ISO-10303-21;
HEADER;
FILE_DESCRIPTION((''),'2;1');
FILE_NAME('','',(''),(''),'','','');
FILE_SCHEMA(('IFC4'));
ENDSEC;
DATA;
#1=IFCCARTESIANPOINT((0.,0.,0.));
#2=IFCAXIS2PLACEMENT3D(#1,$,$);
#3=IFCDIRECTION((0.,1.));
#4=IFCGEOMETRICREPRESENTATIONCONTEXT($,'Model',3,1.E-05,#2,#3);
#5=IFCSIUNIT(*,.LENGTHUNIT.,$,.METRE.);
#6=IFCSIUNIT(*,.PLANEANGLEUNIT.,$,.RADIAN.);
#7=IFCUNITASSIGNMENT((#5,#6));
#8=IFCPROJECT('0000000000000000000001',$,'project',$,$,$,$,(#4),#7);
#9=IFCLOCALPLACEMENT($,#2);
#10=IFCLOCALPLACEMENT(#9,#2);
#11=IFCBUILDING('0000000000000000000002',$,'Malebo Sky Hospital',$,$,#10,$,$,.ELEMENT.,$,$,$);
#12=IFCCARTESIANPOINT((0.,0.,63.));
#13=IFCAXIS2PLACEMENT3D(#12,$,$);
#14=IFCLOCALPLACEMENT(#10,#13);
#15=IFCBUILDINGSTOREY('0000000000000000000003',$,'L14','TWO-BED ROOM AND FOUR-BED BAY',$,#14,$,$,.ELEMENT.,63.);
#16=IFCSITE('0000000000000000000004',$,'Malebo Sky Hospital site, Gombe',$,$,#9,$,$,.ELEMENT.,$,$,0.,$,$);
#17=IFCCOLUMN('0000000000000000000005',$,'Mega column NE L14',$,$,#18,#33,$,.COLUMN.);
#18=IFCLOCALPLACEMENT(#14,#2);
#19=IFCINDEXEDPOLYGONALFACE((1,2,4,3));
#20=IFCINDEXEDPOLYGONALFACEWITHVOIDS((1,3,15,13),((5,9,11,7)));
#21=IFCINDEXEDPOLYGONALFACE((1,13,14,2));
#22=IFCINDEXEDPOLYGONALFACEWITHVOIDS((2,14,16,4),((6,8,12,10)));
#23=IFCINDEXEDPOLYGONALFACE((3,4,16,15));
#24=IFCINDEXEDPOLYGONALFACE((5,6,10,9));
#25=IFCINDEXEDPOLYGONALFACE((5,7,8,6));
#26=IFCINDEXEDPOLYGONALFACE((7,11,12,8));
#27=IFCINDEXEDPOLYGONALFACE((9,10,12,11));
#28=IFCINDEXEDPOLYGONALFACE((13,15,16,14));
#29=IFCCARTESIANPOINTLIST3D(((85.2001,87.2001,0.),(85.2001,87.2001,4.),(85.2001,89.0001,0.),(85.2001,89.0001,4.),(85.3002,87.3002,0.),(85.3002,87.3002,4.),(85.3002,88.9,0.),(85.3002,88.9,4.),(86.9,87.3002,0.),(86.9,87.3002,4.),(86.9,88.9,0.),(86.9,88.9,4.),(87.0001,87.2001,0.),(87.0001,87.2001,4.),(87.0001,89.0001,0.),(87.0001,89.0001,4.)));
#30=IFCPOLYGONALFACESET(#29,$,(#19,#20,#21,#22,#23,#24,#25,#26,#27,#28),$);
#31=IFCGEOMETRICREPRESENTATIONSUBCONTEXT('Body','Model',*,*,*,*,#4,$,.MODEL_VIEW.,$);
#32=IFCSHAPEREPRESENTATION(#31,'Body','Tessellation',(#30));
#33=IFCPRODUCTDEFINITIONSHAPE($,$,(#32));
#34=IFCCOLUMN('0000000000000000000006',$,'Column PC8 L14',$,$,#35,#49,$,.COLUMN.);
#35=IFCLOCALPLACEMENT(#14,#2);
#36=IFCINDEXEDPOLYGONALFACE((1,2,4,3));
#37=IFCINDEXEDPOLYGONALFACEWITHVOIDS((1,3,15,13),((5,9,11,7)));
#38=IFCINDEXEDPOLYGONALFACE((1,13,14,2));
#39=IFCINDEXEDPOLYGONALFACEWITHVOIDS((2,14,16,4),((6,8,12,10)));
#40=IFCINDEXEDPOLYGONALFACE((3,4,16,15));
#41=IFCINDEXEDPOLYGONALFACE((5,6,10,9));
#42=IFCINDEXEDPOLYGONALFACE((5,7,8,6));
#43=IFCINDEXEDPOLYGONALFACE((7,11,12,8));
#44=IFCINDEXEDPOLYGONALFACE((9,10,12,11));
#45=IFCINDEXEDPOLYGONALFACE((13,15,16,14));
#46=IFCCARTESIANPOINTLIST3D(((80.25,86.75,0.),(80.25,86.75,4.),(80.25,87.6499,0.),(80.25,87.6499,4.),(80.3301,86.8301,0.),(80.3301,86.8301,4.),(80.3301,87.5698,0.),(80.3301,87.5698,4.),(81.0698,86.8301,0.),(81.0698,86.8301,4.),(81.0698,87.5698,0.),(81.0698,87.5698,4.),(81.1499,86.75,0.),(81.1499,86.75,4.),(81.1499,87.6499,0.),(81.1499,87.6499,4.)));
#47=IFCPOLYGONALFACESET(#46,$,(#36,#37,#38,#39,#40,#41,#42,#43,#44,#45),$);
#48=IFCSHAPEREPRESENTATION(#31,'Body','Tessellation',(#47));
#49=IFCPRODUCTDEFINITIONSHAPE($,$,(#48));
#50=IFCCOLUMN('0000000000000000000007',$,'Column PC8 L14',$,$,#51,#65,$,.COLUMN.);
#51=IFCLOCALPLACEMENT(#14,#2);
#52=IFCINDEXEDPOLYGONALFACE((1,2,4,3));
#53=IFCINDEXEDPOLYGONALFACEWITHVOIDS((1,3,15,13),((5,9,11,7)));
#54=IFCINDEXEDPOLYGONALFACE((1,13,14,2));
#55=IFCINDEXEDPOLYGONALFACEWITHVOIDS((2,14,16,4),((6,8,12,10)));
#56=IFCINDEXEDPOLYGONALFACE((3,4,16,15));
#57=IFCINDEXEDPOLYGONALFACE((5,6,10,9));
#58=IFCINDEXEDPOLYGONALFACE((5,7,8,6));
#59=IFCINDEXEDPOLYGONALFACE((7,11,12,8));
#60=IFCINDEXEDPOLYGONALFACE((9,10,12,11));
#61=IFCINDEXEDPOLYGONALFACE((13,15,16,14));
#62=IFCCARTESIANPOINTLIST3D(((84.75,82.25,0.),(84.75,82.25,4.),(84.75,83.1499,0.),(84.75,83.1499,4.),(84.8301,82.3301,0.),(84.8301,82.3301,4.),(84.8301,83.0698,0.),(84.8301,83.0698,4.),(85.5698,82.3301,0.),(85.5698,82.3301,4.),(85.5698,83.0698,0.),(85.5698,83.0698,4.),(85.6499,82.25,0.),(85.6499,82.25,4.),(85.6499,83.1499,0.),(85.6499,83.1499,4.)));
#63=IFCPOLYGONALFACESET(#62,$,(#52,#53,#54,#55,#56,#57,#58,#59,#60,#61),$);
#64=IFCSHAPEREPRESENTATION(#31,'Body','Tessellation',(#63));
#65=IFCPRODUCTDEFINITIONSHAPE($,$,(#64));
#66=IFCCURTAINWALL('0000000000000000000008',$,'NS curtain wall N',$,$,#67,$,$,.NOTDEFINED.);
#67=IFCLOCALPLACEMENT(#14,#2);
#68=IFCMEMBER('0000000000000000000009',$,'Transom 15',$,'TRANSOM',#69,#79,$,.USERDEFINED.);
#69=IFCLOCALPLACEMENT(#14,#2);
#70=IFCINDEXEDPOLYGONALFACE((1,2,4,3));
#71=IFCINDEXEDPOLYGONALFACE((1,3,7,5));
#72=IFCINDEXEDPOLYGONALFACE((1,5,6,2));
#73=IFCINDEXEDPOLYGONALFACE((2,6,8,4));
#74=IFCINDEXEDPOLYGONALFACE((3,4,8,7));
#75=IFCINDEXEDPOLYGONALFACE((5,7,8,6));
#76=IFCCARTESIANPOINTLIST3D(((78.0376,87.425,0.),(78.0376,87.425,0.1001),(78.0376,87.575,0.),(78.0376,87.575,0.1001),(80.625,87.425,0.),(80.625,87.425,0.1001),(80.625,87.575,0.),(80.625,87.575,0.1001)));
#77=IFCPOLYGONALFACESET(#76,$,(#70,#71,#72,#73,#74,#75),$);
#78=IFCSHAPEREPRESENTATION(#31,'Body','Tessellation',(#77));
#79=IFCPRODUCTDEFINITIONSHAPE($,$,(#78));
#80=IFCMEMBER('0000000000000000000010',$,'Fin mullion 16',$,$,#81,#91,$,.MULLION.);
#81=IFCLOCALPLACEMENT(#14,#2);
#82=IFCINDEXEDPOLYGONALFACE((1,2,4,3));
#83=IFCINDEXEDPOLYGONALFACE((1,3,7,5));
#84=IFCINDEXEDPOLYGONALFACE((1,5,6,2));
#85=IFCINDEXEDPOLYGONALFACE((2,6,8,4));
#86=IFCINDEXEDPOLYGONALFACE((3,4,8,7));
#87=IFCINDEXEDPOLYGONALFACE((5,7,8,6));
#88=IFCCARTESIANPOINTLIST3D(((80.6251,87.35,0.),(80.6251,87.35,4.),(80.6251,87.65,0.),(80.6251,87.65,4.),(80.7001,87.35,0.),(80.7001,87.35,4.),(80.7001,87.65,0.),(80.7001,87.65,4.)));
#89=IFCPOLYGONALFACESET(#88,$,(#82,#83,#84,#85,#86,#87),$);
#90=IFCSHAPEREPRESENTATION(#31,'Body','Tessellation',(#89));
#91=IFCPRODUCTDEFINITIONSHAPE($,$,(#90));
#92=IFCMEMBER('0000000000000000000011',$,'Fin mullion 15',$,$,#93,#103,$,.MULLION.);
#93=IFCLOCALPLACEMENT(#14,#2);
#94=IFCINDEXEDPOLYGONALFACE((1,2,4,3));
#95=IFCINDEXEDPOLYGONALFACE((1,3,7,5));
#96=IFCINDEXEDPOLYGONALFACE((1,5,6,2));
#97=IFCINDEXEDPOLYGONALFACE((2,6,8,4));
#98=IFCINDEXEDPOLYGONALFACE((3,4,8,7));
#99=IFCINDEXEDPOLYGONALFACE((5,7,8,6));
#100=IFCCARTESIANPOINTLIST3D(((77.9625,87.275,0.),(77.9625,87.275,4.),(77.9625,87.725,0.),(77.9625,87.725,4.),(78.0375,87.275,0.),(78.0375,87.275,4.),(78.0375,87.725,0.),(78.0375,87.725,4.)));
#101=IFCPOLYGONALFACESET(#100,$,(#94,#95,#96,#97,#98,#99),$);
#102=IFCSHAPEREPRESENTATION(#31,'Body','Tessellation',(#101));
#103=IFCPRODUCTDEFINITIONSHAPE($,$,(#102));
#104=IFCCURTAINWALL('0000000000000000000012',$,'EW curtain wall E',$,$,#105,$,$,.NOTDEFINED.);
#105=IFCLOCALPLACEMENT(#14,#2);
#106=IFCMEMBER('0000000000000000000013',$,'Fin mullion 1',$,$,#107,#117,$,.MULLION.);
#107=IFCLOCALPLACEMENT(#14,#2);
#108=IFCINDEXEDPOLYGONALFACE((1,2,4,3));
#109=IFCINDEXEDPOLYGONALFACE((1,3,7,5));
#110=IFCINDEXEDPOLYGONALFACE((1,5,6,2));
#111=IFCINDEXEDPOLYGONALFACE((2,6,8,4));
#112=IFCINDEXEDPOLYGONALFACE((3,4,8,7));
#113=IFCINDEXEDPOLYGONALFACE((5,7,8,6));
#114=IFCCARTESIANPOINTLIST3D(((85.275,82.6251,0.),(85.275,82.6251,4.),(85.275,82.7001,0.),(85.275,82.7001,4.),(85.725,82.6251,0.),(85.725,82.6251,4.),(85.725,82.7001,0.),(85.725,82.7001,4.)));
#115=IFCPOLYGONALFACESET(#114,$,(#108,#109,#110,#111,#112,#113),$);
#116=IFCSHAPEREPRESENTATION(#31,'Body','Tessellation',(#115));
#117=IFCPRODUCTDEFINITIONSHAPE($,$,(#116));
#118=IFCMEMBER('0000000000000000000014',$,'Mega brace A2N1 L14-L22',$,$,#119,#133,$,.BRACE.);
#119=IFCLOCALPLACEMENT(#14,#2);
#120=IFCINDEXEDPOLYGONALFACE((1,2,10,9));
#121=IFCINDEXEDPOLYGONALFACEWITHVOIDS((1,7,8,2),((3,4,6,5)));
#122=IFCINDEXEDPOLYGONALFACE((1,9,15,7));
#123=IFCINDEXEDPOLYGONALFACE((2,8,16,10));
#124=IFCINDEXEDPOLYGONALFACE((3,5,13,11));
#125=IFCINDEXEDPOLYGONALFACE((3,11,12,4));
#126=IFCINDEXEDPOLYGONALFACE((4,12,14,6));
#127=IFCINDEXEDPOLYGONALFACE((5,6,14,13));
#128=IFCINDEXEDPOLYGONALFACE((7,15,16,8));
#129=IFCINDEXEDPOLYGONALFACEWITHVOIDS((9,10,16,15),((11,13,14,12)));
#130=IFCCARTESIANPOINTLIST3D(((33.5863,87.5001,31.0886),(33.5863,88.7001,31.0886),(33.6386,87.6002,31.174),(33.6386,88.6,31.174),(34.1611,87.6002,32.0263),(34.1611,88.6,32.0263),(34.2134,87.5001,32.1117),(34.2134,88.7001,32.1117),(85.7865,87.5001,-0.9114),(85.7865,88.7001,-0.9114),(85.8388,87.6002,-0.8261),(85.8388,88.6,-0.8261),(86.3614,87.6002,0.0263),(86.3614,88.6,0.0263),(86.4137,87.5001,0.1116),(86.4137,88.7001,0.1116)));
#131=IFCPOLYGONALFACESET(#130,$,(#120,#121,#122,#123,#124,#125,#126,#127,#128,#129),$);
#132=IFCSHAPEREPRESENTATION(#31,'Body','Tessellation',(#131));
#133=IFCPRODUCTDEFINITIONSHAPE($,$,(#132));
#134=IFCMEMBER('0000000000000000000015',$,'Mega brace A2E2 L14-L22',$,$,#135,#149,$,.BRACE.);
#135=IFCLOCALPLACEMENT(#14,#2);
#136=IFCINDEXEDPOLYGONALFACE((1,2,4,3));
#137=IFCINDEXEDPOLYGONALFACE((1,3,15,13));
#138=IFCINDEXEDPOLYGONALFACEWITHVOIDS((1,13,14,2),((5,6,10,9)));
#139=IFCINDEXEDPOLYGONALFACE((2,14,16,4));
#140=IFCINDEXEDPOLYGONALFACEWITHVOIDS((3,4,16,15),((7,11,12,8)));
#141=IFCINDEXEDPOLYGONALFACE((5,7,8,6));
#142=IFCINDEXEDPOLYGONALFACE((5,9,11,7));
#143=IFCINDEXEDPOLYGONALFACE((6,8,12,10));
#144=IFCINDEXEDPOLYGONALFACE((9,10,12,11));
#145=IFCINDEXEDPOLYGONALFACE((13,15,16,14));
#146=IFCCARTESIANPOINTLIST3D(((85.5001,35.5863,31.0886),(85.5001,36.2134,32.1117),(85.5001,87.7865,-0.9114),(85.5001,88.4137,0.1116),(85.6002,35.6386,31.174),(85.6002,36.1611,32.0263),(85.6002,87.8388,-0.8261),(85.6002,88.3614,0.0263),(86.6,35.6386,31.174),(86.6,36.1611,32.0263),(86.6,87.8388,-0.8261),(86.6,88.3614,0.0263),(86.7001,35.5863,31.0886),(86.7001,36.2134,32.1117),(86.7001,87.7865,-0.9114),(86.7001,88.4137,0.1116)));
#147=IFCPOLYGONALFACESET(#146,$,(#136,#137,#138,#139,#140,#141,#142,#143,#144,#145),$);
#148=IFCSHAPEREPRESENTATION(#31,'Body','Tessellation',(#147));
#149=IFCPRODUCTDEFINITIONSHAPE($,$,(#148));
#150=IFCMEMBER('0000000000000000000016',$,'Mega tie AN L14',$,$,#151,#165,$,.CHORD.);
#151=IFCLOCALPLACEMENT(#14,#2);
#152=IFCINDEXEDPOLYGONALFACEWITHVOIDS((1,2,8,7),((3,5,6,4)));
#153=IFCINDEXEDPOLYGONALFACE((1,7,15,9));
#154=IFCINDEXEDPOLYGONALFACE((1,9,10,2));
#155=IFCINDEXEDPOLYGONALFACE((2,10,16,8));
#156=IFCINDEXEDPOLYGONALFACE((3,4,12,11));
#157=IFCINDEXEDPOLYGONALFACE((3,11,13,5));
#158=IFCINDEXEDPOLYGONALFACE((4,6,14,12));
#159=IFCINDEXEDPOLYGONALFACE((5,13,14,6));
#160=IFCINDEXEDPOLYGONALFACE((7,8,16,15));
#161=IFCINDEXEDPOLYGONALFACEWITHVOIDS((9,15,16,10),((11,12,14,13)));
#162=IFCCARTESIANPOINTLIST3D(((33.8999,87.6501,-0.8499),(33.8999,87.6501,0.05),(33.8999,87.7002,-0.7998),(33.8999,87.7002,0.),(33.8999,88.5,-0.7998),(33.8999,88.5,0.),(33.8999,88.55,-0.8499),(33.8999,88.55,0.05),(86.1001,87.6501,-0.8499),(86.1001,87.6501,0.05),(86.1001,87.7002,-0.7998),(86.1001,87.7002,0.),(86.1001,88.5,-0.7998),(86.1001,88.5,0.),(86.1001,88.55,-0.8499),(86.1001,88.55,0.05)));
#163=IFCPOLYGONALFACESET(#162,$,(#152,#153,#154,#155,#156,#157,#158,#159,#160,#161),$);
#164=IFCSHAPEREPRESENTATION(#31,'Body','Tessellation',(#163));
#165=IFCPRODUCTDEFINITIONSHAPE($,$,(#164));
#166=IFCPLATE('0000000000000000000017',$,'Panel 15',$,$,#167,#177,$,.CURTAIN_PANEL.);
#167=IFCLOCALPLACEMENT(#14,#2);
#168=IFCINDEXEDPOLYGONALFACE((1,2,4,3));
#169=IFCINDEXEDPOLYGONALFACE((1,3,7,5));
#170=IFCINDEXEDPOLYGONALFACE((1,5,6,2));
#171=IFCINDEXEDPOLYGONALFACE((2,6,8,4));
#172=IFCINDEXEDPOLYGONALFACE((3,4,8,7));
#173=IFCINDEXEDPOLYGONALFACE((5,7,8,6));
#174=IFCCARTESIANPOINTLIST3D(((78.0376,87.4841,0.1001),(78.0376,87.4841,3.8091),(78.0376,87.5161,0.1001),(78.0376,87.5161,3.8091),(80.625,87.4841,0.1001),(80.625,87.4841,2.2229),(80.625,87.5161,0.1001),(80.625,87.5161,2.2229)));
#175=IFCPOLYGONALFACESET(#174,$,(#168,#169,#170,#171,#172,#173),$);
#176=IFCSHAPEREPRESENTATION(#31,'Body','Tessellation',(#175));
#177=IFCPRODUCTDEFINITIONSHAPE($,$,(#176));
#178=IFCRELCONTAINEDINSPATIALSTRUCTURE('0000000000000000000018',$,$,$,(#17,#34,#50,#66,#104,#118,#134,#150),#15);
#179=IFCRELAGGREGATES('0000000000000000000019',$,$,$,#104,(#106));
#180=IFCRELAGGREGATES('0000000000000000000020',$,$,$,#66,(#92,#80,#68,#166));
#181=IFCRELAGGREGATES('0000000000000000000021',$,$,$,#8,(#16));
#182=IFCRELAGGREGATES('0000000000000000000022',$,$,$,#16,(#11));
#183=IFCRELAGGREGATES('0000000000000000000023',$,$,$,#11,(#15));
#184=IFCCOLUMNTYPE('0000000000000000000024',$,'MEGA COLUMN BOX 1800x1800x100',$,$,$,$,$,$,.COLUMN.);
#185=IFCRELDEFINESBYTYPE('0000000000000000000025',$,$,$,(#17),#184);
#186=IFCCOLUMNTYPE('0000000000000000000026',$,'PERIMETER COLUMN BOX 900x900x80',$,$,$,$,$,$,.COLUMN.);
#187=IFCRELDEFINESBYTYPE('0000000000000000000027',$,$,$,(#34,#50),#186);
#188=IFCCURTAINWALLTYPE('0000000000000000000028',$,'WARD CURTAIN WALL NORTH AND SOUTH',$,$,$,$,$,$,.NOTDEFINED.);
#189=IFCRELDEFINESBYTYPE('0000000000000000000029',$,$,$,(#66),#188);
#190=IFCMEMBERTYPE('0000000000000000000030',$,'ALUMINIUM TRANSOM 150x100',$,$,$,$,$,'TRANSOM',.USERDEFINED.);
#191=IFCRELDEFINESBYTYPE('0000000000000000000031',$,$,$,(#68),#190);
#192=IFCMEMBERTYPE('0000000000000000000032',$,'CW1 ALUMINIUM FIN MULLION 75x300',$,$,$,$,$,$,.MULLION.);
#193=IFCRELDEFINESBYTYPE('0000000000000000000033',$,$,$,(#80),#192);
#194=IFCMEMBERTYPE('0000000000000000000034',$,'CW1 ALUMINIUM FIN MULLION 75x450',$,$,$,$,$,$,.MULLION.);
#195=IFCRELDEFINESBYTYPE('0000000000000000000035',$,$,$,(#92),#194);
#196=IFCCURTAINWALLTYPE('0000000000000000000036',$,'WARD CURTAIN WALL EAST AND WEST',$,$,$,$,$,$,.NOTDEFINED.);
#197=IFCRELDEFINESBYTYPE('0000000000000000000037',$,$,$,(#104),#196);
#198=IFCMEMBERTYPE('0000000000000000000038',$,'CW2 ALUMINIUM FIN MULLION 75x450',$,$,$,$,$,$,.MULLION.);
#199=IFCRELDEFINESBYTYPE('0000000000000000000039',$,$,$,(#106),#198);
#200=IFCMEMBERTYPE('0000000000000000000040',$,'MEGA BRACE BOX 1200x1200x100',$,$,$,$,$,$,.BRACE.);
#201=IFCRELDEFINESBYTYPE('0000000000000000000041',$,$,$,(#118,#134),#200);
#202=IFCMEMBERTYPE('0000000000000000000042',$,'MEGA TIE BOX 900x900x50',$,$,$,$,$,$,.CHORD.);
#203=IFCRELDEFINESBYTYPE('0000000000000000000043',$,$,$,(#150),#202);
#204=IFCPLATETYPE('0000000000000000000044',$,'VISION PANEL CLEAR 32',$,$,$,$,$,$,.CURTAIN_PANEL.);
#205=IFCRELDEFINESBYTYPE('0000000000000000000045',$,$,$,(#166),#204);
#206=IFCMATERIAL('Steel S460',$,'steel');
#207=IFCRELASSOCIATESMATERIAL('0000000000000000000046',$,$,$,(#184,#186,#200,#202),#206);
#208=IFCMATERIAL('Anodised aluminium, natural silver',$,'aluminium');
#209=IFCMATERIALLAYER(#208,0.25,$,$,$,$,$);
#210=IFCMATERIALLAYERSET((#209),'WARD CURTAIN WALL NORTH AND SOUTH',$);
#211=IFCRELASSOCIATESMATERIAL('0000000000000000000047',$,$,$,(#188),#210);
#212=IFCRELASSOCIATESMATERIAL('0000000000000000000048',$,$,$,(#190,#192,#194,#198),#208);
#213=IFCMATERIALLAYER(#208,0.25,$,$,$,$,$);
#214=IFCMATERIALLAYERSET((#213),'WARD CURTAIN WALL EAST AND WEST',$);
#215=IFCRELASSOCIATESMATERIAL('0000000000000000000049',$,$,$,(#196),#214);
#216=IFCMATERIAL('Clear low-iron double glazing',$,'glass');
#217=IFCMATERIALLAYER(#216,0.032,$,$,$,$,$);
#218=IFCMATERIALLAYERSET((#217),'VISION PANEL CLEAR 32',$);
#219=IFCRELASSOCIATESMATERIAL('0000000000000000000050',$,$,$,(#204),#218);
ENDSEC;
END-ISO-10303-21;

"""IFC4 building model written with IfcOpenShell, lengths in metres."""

from ifc_helpers import new_model, si_unit, direction, frame, origin, origin_2d, place, context, subcontext, project, spatial, polyline, rectangle, hollow_rectangle, outline, extrude, material, layer, layer_set, material_profile, profile_set, type_object, element, aggregate, save


model = new_model("IFC4")

# Units and contexts
model_context = context("Model", 3, precision=1e-05, world=origin(), true_north=direction((0.0, 1.0)))
body_context = subcontext(model_context, "Body", "Model", "MODEL_VIEW")
ifc_project = project(units=[si_unit("LENGTHUNIT", "METRE"), si_unit("PLANEANGLEUNIT", "RADIAN")], contexts=[model_context])

# Site, building, storey
site_placement = place(None, origin())
site = spatial("IfcSite", under=ifc_project, at=site_placement, Name="Malebo Sky Hospital site, Gombe", CompositionType="ELEMENT", RefElevation=0.0)
building_placement = place(site_placement, origin())
building = spatial("IfcBuilding", under=site, at=building_placement, Name="Malebo Sky Hospital", CompositionType="ELEMENT")
storey_placement = place(building_placement, frame((0.0, 0.0, 63.0)))
storey = spatial("IfcBuildingStorey", under=building, at=storey_placement, Name="L14", Description="TWO-BED ROOM AND FOUR-BED BAY", CompositionType="ELEMENT", Elevation=63.0)

# Columns
ifc_material_1 = material(Name="Steel S460", Category="steel")
ifc_material_profile_1 = material_profile(ifc_material_1, hollow_rectangle(XDim=1.8, YDim=1.8, WallThickness=0.1001, at=origin_2d()), Name="BOX 1800x1800x100")
ifc_profile_set_1 = profile_set([ifc_material_profile_1], Name="Steel S460")
column_type_1 = type_object("IfcColumnType", Name="MEGA COLUMN BOX 1800x1800x100", PredefinedType="COLUMN", material=ifc_profile_set_1)
column_placement = place(storey_placement, frame((86.1001, 88.1001, 0.0), z_axis=(0.0, 0.0, 1.0), x_axis=(1.0, 0.0, 0.0)))
element("IfcColumn", 1, at=column_placement, inside=storey, type_object=column_type_1, Name="Mega column NE L14", PredefinedType="COLUMN", context=body_context, shape_type="SweptSolid", body=[
    extrude(hollow_rectangle(XDim=1.8, YDim=1.8, WallThickness=0.1001, at=origin_2d()), origin(), (0.0, 0.0, 1.0), 4.0),
])
ifc_material_profile_2 = material_profile(ifc_material_1, hollow_rectangle(XDim=0.8999, YDim=0.8999, WallThickness=0.0801, at=origin_2d()), Name="BOX 900x900x80")
ifc_profile_set_2 = profile_set([ifc_material_profile_2], Name="Steel S460")
column_type_2 = type_object("IfcColumnType", Name="PERIMETER COLUMN BOX 900x900x80", PredefinedType="COLUMN", material=ifc_profile_set_2)
for number, where, z_axis, x_axis, name in (
    (2, (80.7, 87.2, 0.0), (0.0, 0.0, 1.0), (1.0, 0.0, 0.0), "Column PC8 L14"),
    (3, (85.2, 82.7, 0.0), (0.0, 0.0, 1.0), (1.0, 0.0, 0.0), "Column PC8 L14"),
):
    element("IfcColumn", number, at=place(storey_placement, frame(where, z_axis=z_axis, x_axis=x_axis)), inside=storey, type_object=column_type_2, Name=name, PredefinedType="COLUMN", context=body_context, shape_type="SweptSolid", body=[
        extrude(hollow_rectangle(XDim=0.8999, YDim=0.8999, WallThickness=0.0801, at=origin_2d()), origin(), (0.0, 0.0, 1.0), 4.0),
    ])

# Curtain wall, members
ifc_material_2 = material(Name="Anodised aluminium, natural silver", Category="aluminium")
ifc_layer_1 = layer(ifc_material_2, 0.25)
ifc_layer_set_1 = layer_set([ifc_layer_1], Name="WARD CURTAIN WALL NORTH AND SOUTH")
curtain_wall_type_1 = type_object("IfcCurtainWallType", Name="WARD CURTAIN WALL NORTH AND SOUTH", PredefinedType="NOTDEFINED", material=ifc_layer_set_1)
curtain_wall_1_placement = place(storey_placement, origin())
curtain_wall_1 = element("IfcCurtainWall", 4, at=curtain_wall_1_placement, inside=storey, type_object=curtain_wall_type_1, Name="NS curtain wall N", PredefinedType="NOTDEFINED")
ifc_material_profile_3 = material_profile(ifc_material_2, rectangle(XDim=0.1499, YDim=0.1001, at=origin_2d()), Name="ALUMINIUM TRANSOM 150x100")
ifc_profile_set_3 = profile_set([ifc_material_profile_3], Name="Anodised aluminium, natural silver")
member_type_1 = type_object("IfcMemberType", Name="ALUMINIUM TRANSOM 150x100", ElementType="TRANSOM", PredefinedType="USERDEFINED", material=ifc_profile_set_3)
member_1_placement = place(storey_placement, frame((78.0376, 87.5, 0.05), z_axis=(1.0, 0.0, 0.0), x_axis=(0.0, 1.0, 0.0)))
member_1 = element("IfcMember", 5, at=member_1_placement, type_object=member_type_1, Name="Transom 15", ObjectType="TRANSOM", PredefinedType="USERDEFINED", context=body_context, shape_type="SweptSolid", body=[
    extrude(rectangle(XDim=0.1499, YDim=0.1001, at=origin_2d()), origin(), (0.0, 0.0, 1.0), 2.5874),
])
ifc_material_profile_4 = material_profile(ifc_material_2, rectangle(XDim=0.075, YDim=0.3, at=origin_2d()), Name="CW1 ALUMINIUM FIN MULLION 75x300")
ifc_profile_set_4 = profile_set([ifc_material_profile_4], Name="Anodised aluminium, natural silver")
member_type_2 = type_object("IfcMemberType", Name="CW1 ALUMINIUM FIN MULLION 75x300", PredefinedType="MULLION", material=ifc_profile_set_4)
member_2_placement = place(storey_placement, frame((80.6626, 87.5, 0.0), z_axis=(0.0, 0.0, 1.0), x_axis=(1.0, 0.0, 0.0)))
member_2 = element("IfcMember", 6, at=member_2_placement, type_object=member_type_2, Name="Fin mullion 16", PredefinedType="MULLION", context=body_context, shape_type="SweptSolid", body=[
    extrude(rectangle(XDim=0.075, YDim=0.3, at=origin_2d()), origin(), (0.0, 0.0, 1.0), 4.0),
])
ifc_material_profile_5 = material_profile(ifc_material_2, rectangle(XDim=0.075, YDim=0.45, at=origin_2d()), Name="CW1 ALUMINIUM FIN MULLION 75x450")
ifc_profile_set_5 = profile_set([ifc_material_profile_5], Name="Anodised aluminium, natural silver")
member_type_3 = type_object("IfcMemberType", Name="CW1 ALUMINIUM FIN MULLION 75x450", PredefinedType="MULLION", material=ifc_profile_set_5)
member_3_placement = place(storey_placement, frame((78.0, 87.5, 0.0), z_axis=(0.0, 0.0, 1.0), x_axis=(1.0, 0.0, 0.0)))
member_3 = element("IfcMember", 7, at=member_3_placement, type_object=member_type_3, Name="Fin mullion 15", PredefinedType="MULLION", context=body_context, shape_type="SweptSolid", body=[
    extrude(rectangle(XDim=0.075, YDim=0.45, at=origin_2d()), origin(), (0.0, 0.0, 1.0), 4.0),
])

# Curtain wall, member
ifc_layer_2 = layer(ifc_material_2, 0.25)
ifc_layer_set_2 = layer_set([ifc_layer_2], Name="WARD CURTAIN WALL EAST AND WEST")
curtain_wall_type_2 = type_object("IfcCurtainWallType", Name="WARD CURTAIN WALL EAST AND WEST", PredefinedType="NOTDEFINED", material=ifc_layer_set_2)
curtain_wall_2_placement = place(storey_placement, origin())
curtain_wall_2 = element("IfcCurtainWall", 8, at=curtain_wall_2_placement, inside=storey, type_object=curtain_wall_type_2, Name="EW curtain wall E", PredefinedType="NOTDEFINED")
ifc_material_profile_6 = material_profile(ifc_material_2, rectangle(XDim=0.075, YDim=0.45, at=origin_2d()), Name="CW2 ALUMINIUM FIN MULLION 75x450")
ifc_profile_set_6 = profile_set([ifc_material_profile_6], Name="Anodised aluminium, natural silver")
member_type_4 = type_object("IfcMemberType", Name="CW2 ALUMINIUM FIN MULLION 75x450", PredefinedType="MULLION", material=ifc_profile_set_6)
member_4_placement = place(storey_placement, frame((85.5, 82.6626, 0.0), z_axis=(0.0, 0.0, 1.0), x_axis=(0.0, -1.0, 0.0)))
member_4 = element("IfcMember", 9, at=member_4_placement, type_object=member_type_4, Name="Fin mullion 1", PredefinedType="MULLION", context=body_context, shape_type="SweptSolid", body=[
    extrude(rectangle(XDim=0.075, YDim=0.45, at=origin_2d()), origin(), (0.0, 0.0, 1.0), 4.0),
])
aggregate(curtain_wall_2, [member_4])

# Members
ifc_material_profile_7 = material_profile(ifc_material_1, hollow_rectangle(XDim=1.2, YDim=1.2, WallThickness=0.1001, at=origin_2d()), Name="BOX 1200x1200x100")
ifc_profile_set_7 = profile_set([ifc_material_profile_7], Name="Steel S460")
member_type_5 = type_object("IfcMemberType", Name="MEGA BRACE BOX 1200x1200x100", PredefinedType="BRACE", material=ifc_profile_set_7)
for number, where, z_axis, x_axis, name in (
    (10, (86.1001, 88.1001, -0.3999), (-0.852555, 0.0, 0.522637), (0.0, -1.0, 0.0), "Mega brace A2N1 L14-L22"),
    (11, (86.1001, 88.1001, -0.3999), (0.0, -0.852555, 0.522637), (1.0, 0.0, 0.0), "Mega brace A2E2 L14-L22"),
):
    element("IfcMember", number, at=place(storey_placement, frame(where, z_axis=z_axis, x_axis=x_axis)), inside=storey, type_object=member_type_5, Name=name, PredefinedType="BRACE", context=body_context, shape_type="SweptSolid", body=[
        extrude(hollow_rectangle(XDim=1.2, YDim=1.2, WallThickness=0.1001, at=origin_2d()), origin(), (0.0, 0.0, 1.0), 61.228),
    ])
ifc_material_profile_8 = material_profile(ifc_material_1, hollow_rectangle(XDim=0.8999, YDim=0.8999, WallThickness=0.05, at=origin_2d()), Name="BOX 900x900x50")
ifc_profile_set_8 = profile_set([ifc_material_profile_8], Name="Steel S460")
member_type_6 = type_object("IfcMemberType", Name="MEGA TIE BOX 900x900x50", PredefinedType="CHORD", material=ifc_profile_set_8)
member_5_placement = place(storey_placement, frame((86.1001, 88.1001, -0.3999), z_axis=(-1.0, 0.0, 0.0), x_axis=(0.0, -1.0, 0.0)))
element("IfcMember", 12, at=member_5_placement, inside=storey, type_object=member_type_6, Name="Mega tie AN L14", PredefinedType="CHORD", context=body_context, shape_type="SweptSolid", body=[
    extrude(hollow_rectangle(XDim=0.8999, YDim=0.8999, WallThickness=0.05, at=origin_2d()), origin(), (0.0, 0.0, 1.0), 52.2002),
])

# Plate
ifc_material_3 = material(Name="Clear low-iron double glazing", Category="glass")
ifc_layer_3 = layer(ifc_material_3, 0.032)
ifc_layer_set_3 = layer_set([ifc_layer_3], Name="VISION PANEL CLEAR 32")
plate_type = type_object("IfcPlateType", Name="VISION PANEL CLEAR 32", PredefinedType="CURTAIN_PANEL", material=ifc_layer_set_3)
plate_placement = place(storey_placement, frame((79.3313, 87.5, 0.1001), z_axis=(0.0, 0.0, 1.0), x_axis=(1.0, 0.0, 0.0)))
plate = element("IfcPlate", 13, at=plate_placement, type_object=plate_type, Name="Panel 15", PredefinedType="CURTAIN_PANEL", context=body_context, shape_type="SweptSolid", body=[
    extrude(outline(polyline([(-1.2937, 0.0), (1.2937, 0.0), (1.2937, 2.1228), (-1.2937, 3.709), (-1.2937, 0.0)])), frame((0.0, 0.0161, 0.0), z_axis=(0.0, -1.0, 0.0), x_axis=(1.0, 0.0, 0.0)), (0.0, 0.0, 1.0), 0.032),
])
aggregate(curtain_wall_1, [member_3, member_2, member_1, plate])

save(model, "model.ifc")
